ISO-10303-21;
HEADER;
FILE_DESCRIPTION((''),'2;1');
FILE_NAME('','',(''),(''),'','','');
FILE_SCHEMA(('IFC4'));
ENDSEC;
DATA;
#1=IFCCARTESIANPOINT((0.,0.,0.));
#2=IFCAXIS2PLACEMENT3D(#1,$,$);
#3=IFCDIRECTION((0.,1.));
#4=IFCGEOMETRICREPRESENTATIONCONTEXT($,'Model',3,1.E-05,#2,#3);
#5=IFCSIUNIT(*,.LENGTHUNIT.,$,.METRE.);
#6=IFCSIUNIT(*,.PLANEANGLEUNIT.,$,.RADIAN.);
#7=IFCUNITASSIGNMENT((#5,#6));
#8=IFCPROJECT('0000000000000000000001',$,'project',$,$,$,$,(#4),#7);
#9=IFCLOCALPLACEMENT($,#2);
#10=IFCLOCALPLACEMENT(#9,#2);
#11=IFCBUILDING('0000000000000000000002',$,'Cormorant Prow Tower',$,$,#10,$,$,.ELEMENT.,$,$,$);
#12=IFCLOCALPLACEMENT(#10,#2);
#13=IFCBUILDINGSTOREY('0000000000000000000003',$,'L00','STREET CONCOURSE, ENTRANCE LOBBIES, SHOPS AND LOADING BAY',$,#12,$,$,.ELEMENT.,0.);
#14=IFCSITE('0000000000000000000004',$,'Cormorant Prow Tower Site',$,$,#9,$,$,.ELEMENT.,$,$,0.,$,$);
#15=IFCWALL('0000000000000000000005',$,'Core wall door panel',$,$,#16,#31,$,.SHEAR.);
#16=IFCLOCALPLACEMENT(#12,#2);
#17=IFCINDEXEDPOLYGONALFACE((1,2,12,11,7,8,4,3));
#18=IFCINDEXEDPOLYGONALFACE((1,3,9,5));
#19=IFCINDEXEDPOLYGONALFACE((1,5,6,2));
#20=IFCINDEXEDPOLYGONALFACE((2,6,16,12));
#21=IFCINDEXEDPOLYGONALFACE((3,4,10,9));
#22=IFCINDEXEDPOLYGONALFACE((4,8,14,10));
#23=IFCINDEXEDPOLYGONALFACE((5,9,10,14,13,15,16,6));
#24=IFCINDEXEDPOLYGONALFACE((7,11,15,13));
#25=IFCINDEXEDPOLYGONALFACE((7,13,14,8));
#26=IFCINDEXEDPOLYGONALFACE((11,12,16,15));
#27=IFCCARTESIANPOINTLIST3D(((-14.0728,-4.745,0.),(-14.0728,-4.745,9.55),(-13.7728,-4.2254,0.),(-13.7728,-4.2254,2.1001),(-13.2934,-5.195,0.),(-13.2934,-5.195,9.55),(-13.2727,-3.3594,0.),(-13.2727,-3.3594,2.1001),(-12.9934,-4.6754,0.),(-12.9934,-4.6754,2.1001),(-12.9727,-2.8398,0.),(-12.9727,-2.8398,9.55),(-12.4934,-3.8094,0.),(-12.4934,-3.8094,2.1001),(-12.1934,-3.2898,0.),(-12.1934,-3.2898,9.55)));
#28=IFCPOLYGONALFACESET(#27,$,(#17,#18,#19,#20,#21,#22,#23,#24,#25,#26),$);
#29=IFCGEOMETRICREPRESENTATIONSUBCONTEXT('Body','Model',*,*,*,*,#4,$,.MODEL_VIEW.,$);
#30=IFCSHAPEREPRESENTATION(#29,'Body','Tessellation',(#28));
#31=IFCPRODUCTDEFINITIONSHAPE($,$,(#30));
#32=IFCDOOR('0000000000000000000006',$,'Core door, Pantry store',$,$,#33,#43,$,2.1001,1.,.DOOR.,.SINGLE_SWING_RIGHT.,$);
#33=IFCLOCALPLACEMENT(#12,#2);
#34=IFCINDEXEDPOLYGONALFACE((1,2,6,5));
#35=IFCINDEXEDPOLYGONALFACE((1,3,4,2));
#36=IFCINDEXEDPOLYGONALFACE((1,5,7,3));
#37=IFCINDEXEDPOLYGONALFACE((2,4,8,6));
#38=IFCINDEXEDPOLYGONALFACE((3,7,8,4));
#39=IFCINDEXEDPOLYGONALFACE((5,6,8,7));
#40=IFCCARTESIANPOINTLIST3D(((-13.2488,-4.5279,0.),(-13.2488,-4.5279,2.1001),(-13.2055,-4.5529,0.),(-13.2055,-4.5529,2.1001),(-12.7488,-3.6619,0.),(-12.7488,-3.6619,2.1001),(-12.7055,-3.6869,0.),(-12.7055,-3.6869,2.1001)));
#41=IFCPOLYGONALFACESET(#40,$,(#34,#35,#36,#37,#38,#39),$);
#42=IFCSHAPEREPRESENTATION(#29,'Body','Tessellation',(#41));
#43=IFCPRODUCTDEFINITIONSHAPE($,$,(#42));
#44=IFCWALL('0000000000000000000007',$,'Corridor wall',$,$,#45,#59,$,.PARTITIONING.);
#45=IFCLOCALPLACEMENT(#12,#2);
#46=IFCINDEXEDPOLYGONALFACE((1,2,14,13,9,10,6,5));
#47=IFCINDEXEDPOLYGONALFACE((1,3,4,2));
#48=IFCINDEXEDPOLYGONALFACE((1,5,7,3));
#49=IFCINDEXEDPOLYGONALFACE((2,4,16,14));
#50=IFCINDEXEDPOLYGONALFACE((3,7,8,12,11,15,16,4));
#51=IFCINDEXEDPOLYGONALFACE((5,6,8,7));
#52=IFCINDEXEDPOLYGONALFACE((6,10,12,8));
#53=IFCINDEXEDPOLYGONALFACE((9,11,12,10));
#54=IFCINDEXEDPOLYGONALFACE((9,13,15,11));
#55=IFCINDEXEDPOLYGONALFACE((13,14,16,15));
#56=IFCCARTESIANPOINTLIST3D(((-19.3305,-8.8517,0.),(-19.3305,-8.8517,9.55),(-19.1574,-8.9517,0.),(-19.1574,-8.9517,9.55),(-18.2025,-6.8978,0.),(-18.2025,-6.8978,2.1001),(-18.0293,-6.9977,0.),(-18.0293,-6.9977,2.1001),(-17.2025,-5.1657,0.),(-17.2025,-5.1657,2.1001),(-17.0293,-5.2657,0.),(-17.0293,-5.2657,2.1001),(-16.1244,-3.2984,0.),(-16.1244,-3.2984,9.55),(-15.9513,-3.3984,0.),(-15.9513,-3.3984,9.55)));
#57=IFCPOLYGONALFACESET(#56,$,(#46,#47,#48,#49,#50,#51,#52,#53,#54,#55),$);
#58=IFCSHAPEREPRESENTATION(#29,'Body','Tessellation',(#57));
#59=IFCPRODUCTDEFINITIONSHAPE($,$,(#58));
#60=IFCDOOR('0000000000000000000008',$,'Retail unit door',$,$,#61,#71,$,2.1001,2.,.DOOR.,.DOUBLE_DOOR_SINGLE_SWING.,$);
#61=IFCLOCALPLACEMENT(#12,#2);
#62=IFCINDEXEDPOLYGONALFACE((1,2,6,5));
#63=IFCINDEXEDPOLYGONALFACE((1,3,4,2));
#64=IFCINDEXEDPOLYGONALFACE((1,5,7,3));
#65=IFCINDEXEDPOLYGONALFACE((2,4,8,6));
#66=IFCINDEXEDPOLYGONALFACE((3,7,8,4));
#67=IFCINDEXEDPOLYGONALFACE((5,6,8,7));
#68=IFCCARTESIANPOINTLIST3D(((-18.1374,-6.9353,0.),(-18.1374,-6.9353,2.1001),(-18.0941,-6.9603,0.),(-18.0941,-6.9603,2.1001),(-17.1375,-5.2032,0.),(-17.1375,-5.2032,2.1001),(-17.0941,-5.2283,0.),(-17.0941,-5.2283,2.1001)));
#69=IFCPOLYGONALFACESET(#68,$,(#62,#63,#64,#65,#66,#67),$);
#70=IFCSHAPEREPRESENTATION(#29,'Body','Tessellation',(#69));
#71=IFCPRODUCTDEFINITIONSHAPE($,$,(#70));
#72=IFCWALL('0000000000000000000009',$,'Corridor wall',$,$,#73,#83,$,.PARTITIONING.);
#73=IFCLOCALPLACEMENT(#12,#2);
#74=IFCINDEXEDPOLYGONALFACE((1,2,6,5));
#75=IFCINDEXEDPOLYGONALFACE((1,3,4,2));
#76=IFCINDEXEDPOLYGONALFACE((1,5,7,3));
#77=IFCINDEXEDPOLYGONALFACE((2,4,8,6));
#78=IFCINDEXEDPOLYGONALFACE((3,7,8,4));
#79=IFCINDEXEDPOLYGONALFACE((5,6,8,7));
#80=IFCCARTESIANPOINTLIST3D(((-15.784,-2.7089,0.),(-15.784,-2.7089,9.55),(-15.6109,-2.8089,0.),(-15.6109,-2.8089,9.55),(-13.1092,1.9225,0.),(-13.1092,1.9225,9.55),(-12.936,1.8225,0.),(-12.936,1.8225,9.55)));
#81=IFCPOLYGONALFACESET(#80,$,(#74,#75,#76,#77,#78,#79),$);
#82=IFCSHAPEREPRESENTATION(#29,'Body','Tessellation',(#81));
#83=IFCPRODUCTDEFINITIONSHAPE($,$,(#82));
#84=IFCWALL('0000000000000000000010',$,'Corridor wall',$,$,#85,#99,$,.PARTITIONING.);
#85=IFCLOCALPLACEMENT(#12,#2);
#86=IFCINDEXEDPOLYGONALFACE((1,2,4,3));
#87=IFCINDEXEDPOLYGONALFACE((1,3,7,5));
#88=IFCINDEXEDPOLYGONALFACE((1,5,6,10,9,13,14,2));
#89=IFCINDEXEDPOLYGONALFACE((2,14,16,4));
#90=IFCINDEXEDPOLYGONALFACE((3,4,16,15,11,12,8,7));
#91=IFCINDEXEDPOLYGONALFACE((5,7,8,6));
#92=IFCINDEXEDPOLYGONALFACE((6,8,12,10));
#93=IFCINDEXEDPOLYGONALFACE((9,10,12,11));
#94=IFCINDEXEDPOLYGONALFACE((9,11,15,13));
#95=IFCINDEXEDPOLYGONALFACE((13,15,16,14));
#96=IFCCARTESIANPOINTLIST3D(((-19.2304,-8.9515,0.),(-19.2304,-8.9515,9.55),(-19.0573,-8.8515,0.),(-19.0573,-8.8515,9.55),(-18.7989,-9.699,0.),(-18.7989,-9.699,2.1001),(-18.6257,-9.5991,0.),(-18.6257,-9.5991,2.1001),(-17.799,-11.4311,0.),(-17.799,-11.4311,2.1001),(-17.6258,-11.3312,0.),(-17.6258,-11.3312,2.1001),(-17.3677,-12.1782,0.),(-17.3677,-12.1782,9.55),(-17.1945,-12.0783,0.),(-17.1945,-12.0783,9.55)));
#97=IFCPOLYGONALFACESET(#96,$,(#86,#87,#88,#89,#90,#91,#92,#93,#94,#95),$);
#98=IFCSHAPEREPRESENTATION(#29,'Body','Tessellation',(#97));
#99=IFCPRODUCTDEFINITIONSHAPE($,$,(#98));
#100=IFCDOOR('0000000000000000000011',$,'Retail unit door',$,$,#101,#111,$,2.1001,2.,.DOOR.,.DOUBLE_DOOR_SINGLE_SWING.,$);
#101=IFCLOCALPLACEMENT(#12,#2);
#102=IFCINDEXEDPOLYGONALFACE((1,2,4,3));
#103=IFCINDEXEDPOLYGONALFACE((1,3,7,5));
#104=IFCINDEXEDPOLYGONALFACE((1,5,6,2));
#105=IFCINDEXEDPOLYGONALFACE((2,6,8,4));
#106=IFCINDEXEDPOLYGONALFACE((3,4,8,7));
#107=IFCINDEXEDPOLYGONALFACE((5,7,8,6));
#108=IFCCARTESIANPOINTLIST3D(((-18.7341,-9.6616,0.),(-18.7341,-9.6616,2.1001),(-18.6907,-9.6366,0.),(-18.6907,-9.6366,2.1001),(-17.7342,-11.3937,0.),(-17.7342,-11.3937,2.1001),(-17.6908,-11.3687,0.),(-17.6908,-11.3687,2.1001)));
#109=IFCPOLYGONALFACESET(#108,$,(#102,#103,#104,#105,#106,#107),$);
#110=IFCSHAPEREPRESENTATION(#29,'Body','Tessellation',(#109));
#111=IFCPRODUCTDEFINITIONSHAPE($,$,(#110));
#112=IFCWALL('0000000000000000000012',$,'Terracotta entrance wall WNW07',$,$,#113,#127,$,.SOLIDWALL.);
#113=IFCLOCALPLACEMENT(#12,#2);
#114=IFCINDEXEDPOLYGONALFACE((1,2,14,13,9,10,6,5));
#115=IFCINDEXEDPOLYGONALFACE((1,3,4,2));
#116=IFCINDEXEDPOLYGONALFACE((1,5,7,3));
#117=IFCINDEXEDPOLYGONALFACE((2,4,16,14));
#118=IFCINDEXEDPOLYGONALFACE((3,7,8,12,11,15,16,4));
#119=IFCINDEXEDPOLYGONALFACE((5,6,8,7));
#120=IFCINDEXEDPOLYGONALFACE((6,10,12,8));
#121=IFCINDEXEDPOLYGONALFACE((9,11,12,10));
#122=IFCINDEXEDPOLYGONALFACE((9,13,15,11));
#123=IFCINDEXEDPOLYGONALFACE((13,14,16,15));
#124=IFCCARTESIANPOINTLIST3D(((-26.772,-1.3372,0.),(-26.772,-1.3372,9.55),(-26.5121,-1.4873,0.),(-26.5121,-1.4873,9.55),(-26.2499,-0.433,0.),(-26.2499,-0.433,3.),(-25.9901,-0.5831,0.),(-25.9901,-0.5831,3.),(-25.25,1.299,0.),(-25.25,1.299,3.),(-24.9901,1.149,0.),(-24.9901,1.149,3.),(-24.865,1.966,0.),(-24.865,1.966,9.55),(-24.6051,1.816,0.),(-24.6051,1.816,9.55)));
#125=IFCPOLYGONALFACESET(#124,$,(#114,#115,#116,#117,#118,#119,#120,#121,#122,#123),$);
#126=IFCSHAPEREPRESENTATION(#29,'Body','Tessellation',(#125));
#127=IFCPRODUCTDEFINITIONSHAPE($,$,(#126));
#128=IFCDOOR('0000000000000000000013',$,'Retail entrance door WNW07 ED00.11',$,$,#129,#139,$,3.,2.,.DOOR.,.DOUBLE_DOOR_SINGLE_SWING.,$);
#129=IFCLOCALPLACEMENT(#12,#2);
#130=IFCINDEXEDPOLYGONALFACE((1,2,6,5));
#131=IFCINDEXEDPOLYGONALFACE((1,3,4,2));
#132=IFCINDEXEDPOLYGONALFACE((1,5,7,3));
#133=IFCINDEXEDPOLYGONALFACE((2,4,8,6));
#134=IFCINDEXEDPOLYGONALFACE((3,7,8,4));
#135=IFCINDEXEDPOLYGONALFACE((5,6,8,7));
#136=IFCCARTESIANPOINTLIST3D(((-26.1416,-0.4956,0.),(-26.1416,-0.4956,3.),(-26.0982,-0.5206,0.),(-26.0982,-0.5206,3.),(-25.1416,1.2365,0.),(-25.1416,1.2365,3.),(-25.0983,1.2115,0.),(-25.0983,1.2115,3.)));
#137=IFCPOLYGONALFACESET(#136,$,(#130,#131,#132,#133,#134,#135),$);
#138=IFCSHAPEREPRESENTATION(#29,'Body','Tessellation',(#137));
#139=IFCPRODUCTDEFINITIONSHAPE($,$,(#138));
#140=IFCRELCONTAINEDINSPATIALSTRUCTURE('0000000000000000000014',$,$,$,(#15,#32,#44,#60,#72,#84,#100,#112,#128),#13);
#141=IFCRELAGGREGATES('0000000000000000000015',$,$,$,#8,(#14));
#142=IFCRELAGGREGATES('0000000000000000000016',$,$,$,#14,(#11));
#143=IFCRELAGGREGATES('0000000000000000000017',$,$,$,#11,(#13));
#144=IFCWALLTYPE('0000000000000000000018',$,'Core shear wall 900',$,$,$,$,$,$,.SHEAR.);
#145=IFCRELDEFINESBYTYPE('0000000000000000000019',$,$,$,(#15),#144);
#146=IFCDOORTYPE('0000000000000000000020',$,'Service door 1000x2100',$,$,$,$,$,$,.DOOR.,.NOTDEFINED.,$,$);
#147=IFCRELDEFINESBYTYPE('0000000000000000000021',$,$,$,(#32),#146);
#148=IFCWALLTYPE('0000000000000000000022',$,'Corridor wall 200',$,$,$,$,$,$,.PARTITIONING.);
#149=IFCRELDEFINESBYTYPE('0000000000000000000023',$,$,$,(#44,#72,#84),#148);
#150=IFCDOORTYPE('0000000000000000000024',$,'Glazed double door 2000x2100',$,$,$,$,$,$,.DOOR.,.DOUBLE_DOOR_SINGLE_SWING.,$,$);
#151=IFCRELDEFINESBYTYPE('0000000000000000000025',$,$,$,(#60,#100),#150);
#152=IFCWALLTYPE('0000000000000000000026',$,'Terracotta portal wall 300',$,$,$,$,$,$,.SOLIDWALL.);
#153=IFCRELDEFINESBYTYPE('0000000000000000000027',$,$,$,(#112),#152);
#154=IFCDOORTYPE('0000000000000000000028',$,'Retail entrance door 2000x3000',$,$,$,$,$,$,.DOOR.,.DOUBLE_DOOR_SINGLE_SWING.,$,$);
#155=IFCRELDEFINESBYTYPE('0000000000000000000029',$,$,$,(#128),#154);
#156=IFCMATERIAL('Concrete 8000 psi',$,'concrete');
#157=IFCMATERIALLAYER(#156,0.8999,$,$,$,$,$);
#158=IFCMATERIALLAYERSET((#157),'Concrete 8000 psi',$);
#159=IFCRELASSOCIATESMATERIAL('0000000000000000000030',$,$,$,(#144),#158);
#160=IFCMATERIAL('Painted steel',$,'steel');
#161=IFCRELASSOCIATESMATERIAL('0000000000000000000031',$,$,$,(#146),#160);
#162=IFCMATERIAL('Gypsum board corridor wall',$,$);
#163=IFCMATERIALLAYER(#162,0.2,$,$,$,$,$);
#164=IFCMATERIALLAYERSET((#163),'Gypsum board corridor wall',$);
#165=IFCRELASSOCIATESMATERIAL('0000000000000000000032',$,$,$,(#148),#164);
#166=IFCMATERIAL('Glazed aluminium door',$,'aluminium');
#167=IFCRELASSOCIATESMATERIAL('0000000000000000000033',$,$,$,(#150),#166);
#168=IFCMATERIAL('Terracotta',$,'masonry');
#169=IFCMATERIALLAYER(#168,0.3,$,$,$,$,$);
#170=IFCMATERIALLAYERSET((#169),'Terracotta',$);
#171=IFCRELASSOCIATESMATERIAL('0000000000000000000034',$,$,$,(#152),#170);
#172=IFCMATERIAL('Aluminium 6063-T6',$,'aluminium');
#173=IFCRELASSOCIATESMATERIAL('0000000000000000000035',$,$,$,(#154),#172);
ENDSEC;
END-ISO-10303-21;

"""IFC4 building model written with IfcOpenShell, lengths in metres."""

from ifc_helpers import new_model, si_unit, direction, frame, frame_2d, origin, place, context, subcontext, project, spatial, rectangle, extrude, material, layer, layer_set, type_object, element, fill, save


model = new_model("IFC4")

# Units and contexts
model_context = context("Model", 3, precision=1e-05, world=origin(), true_north=direction((0.0, 1.0)))
body_context = subcontext(model_context, "Body", "Model", "MODEL_VIEW")
ifc_project = project(units=[si_unit("LENGTHUNIT", "METRE"), si_unit("PLANEANGLEUNIT", "RADIAN")], contexts=[model_context])

# Site, building, storey
site_placement = place(None, origin())
site = spatial("IfcSite", under=ifc_project, at=site_placement, Name="Cormorant Prow Tower Site", CompositionType="ELEMENT", RefElevation=0.0)
building_placement = place(site_placement, origin())
building = spatial("IfcBuilding", under=site, at=building_placement, Name="Cormorant Prow Tower", CompositionType="ELEMENT")
storey_placement = place(building_placement, origin())
storey = spatial("IfcBuildingStorey", under=building, at=storey_placement, Name="L00", Description="STREET CONCOURSE, ENTRANCE LOBBIES, SHOPS AND LOADING BAY", CompositionType="ELEMENT", Elevation=0.0)

# Shared definitions
ifc_material_1 = material(Name="Concrete 8000 psi", Category="concrete")
ifc_layer_1 = layer(ifc_material_1, 0.8999)
ifc_layer_set_1 = layer_set([ifc_layer_1], Name="Concrete 8000 psi")
wall_type_1 = type_object("IfcWallType", Name="Core shear wall 900", PredefinedType="SHEAR", material=ifc_layer_set_1)

# Walls, openings, doors
wall_1_placement = place(storey_placement, frame((-12.583, -3.0647, 0.0), z_axis=(0.0, 0.0, 1.0), x_axis=(-0.50003, -0.866008, 0.0)))
wall_1 = element("IfcWall", 1, at=wall_1_placement, inside=storey, type_object=wall_type_1, Name="Core wall door panel", PredefinedType="SHEAR", context=body_context, shape_type="SweptSolid", body=[
    extrude(rectangle(XDim=2.2, YDim=0.8999, at=frame_2d((1.1001, 0.0))), origin(), (0.0, 0.0, 1.0), 9.55),
])
opening_1_placement = place(wall_1_placement, frame((0.6001, 0.0, 0.0)))
opening_1 = element("IfcOpeningElement", 2, at=opening_1_placement, cuts=wall_1, PredefinedType="OPENING", context=body_context, shape_type="SweptSolid", body=[
    extrude(rectangle(XDim=1.0, YDim=2.1001, at=frame_2d((0.5, 1.05))), frame((0.0, 0.46, 0.0), z_axis=(0.0, -1.0, 0.0), x_axis=(1.0, 0.0, 0.0)), (0.0, 0.0, 1.0), 0.9199),
])
ifc_material_2 = material(Name="Painted steel", Category="steel")
door_type_1 = type_object("IfcDoorType", Name="Service door 1000x2100", OperationType="NOTDEFINED", PredefinedType="DOOR", material=ifc_material_2)
door_1_placement = place(opening_1_placement, origin())
door_1 = element("IfcDoor", 3, at=door_1_placement, inside=storey, type_object=door_type_1, Name="Core door, Pantry store", OperationType="SINGLE_SWING_RIGHT", OverallHeight=2.1001, OverallWidth=1.0, PredefinedType="DOOR", context=body_context, shape_type="SweptSolid", body=[
    extrude(rectangle(XDim=1.0, YDim=2.1001, at=frame_2d((0.5, 1.05))), frame((0.0, 0.2051, 0.0), z_axis=(0.0, -1.0, 0.0), x_axis=(1.0, 0.0, 0.0)), (0.0, 0.0, 1.0), 0.05),
])
fill(opening_1, door_1)
ifc_material_3 = material(Name="Gypsum board corridor wall")
ifc_layer_2 = layer(ifc_material_3, 0.2)
ifc_layer_set_2 = layer_set([ifc_layer_2], Name="Gypsum board corridor wall")
wall_type_2 = type_object("IfcWallType", Name="Corridor wall 200", PredefinedType="PARTITIONING", material=ifc_layer_set_2)
wall_2_placement = place(storey_placement, frame((-19.2439, -8.9016, 0.0), z_axis=(0.0, 0.0, 1.0), x_axis=(0.499988, 0.866032, 0.0)))
wall_2 = element("IfcWall", 4, at=wall_2_placement, inside=storey, type_object=wall_type_2, Name="Corridor wall", PredefinedType="PARTITIONING", context=body_context, shape_type="SweptSolid", body=[
    extrude(rectangle(XDim=6.4124, YDim=0.2, at=frame_2d((3.2061, 0.0))), origin(), (0.0, 0.0, 1.0), 9.55),
])
opening_2_placement = place(wall_2_placement, frame((2.2561, 0.0, 0.0)))
opening_2 = element("IfcOpeningElement", 5, at=opening_2_placement, cuts=wall_2, PredefinedType="OPENING", context=body_context, shape_type="SweptSolid", body=[
    extrude(rectangle(XDim=2.0, YDim=2.1001, at=frame_2d((1.0, 1.05))), frame((0.0, 0.1099, 0.0), z_axis=(0.0, -1.0, 0.0), x_axis=(1.0, 0.0, 0.0)), (0.0, 0.0, 1.0), 0.22),
])
ifc_material_4 = material(Name="Glazed aluminium door", Category="aluminium")
door_type_2 = type_object("IfcDoorType", Name="Glazed double door 2000x2100", OperationType="DOUBLE_DOOR_SINGLE_SWING", PredefinedType="DOOR", material=ifc_material_4)
door_2_placement = place(opening_2_placement, origin())
door_2 = element("IfcDoor", 6, at=door_2_placement, inside=storey, type_object=door_type_2, Name="Retail unit door", OperationType="DOUBLE_DOOR_SINGLE_SWING", OverallHeight=2.1001, OverallWidth=2.0, PredefinedType="DOOR", context=body_context, shape_type="SweptSolid", body=[
    extrude(rectangle(XDim=2.0, YDim=2.1001, at=frame_2d((1.0, 1.05))), frame((0.0, 0.0249, 0.0), z_axis=(0.0, -1.0, 0.0), x_axis=(1.0, 0.0, 0.0)), (0.0, 0.0, 1.0), 0.05),
])
fill(opening_2, door_2)

# Wall
wall_3_placement = place(storey_placement, frame((-15.6975, -2.759, 0.0), z_axis=(0.0, 0.0, 1.0), x_axis=(0.500125, 0.865953, 0.0)))
element("IfcWall", 7, at=wall_3_placement, inside=storey, type_object=wall_type_2, Name="Corridor wall", PredefinedType="PARTITIONING", context=body_context, shape_type="SweptSolid", body=[
    extrude(rectangle(XDim=5.3484, YDim=0.2, at=frame_2d((2.6743, 0.0))), origin(), (0.0, 0.0, 1.0), 9.55),
])

# Walls, openings, doors
wall_4_placement = place(storey_placement, frame((-19.1438, -8.9016, 0.0), z_axis=(0.0, 0.0, 1.0), x_axis=(0.499959, -0.866049, 0.0)))
wall_4 = element("IfcWall", 8, at=wall_4_placement, inside=storey, type_object=wall_type_2, Name="Corridor wall", PredefinedType="PARTITIONING", context=body_context, shape_type="SweptSolid", body=[
    extrude(rectangle(XDim=3.7258, YDim=0.2, at=frame_2d((1.8628, 0.0))), origin(), (0.0, 0.0, 1.0), 9.55),
])
opening_3_placement = place(wall_4_placement, frame((0.863, 0.0, 0.0)))
opening_3 = element("IfcOpeningElement", 9, at=opening_3_placement, cuts=wall_4, PredefinedType="OPENING", context=body_context, shape_type="SweptSolid", body=[
    extrude(rectangle(XDim=2.0, YDim=2.1001, at=frame_2d((1.0, 1.05))), frame((0.0, 0.1099, 0.0), z_axis=(0.0, -1.0, 0.0), x_axis=(1.0, 0.0, 0.0)), (0.0, 0.0, 1.0), 0.22),
])
door_3_placement = place(opening_3_placement, origin())
door_3 = element("IfcDoor", 10, at=door_3_placement, inside=storey, type_object=door_type_2, Name="Retail unit door", OperationType="DOUBLE_DOOR_SINGLE_SWING", OverallHeight=2.1001, OverallWidth=2.0, PredefinedType="DOOR", context=body_context, shape_type="SweptSolid", body=[
    extrude(rectangle(XDim=2.0, YDim=2.1001, at=frame_2d((1.0, 1.05))), frame((0.0, 0.0249, 0.0), z_axis=(0.0, -1.0, 0.0), x_axis=(1.0, 0.0, 0.0)), (0.0, 0.0, 1.0), 0.05),
])
fill(opening_3, door_3)
ifc_material_5 = material(Name="Terracotta", Category="masonry")
ifc_layer_3 = layer(ifc_material_5, 0.3)
ifc_layer_set_3 = layer_set([ifc_layer_3], Name="Terracotta")
wall_type_3 = type_object("IfcWallType", Name="Terracotta portal wall 300", PredefinedType="SOLIDWALL", material=ifc_layer_set_3)
wall_5_placement = place(storey_placement, frame((-26.6421, -1.4124, 0.0), z_axis=(0.0, 0.0, 1.0), x_axis=(0.499974, 0.866041, 0.0)))
wall_5 = element("IfcWall", 11, at=wall_5_placement, inside=storey, type_object=wall_type_3, Name="Terracotta entrance wall WNW07", PredefinedType="SOLIDWALL", context=body_context, shape_type="SweptSolid", body=[
    extrude(rectangle(XDim=3.8142, YDim=0.3, at=frame_2d((1.9072, 0.0))), origin(), (0.0, 0.0, 1.0), 9.55),
])
opening_4_placement = place(wall_5_placement, frame((1.0442, 0.0, 0.0)))
opening_4 = element("IfcOpeningElement", 12, at=opening_4_placement, cuts=wall_5, PredefinedType="OPENING", context=body_context, shape_type="SweptSolid", body=[
    extrude(rectangle(XDim=2.0, YDim=3.0, at=frame_2d((1.0, 1.5))), frame((0.0, 0.1599, 0.0), z_axis=(0.0, -1.0, 0.0), x_axis=(1.0, 0.0, 0.0)), (0.0, 0.0, 1.0), 0.3201),
])
ifc_material_6 = material(Name="Aluminium 6063-T6", Category="aluminium")
door_type_3 = type_object("IfcDoorType", Name="Retail entrance door 2000x3000", OperationType="DOUBLE_DOOR_SINGLE_SWING", PredefinedType="DOOR", material=ifc_material_6)
door_4_placement = place(opening_4_placement, origin())
door_4 = element("IfcDoor", 13, at=door_4_placement, inside=storey, type_object=door_type_3, Name="Retail entrance door WNW07 ED00.11", OperationType="DOUBLE_DOOR_SINGLE_SWING", OverallHeight=3.0, OverallWidth=2.0, PredefinedType="DOOR", context=body_context, shape_type="SweptSolid", body=[
    extrude(rectangle(XDim=2.0, YDim=3.0, at=frame_2d((1.0, 1.5))), frame((0.0, 0.0249, 0.0), z_axis=(0.0, -1.0, 0.0), x_axis=(1.0, 0.0, 0.0)), (0.0, 0.0, 1.0), 0.05),
])
fill(opening_4, door_4)

save(model, "model.ifc")
